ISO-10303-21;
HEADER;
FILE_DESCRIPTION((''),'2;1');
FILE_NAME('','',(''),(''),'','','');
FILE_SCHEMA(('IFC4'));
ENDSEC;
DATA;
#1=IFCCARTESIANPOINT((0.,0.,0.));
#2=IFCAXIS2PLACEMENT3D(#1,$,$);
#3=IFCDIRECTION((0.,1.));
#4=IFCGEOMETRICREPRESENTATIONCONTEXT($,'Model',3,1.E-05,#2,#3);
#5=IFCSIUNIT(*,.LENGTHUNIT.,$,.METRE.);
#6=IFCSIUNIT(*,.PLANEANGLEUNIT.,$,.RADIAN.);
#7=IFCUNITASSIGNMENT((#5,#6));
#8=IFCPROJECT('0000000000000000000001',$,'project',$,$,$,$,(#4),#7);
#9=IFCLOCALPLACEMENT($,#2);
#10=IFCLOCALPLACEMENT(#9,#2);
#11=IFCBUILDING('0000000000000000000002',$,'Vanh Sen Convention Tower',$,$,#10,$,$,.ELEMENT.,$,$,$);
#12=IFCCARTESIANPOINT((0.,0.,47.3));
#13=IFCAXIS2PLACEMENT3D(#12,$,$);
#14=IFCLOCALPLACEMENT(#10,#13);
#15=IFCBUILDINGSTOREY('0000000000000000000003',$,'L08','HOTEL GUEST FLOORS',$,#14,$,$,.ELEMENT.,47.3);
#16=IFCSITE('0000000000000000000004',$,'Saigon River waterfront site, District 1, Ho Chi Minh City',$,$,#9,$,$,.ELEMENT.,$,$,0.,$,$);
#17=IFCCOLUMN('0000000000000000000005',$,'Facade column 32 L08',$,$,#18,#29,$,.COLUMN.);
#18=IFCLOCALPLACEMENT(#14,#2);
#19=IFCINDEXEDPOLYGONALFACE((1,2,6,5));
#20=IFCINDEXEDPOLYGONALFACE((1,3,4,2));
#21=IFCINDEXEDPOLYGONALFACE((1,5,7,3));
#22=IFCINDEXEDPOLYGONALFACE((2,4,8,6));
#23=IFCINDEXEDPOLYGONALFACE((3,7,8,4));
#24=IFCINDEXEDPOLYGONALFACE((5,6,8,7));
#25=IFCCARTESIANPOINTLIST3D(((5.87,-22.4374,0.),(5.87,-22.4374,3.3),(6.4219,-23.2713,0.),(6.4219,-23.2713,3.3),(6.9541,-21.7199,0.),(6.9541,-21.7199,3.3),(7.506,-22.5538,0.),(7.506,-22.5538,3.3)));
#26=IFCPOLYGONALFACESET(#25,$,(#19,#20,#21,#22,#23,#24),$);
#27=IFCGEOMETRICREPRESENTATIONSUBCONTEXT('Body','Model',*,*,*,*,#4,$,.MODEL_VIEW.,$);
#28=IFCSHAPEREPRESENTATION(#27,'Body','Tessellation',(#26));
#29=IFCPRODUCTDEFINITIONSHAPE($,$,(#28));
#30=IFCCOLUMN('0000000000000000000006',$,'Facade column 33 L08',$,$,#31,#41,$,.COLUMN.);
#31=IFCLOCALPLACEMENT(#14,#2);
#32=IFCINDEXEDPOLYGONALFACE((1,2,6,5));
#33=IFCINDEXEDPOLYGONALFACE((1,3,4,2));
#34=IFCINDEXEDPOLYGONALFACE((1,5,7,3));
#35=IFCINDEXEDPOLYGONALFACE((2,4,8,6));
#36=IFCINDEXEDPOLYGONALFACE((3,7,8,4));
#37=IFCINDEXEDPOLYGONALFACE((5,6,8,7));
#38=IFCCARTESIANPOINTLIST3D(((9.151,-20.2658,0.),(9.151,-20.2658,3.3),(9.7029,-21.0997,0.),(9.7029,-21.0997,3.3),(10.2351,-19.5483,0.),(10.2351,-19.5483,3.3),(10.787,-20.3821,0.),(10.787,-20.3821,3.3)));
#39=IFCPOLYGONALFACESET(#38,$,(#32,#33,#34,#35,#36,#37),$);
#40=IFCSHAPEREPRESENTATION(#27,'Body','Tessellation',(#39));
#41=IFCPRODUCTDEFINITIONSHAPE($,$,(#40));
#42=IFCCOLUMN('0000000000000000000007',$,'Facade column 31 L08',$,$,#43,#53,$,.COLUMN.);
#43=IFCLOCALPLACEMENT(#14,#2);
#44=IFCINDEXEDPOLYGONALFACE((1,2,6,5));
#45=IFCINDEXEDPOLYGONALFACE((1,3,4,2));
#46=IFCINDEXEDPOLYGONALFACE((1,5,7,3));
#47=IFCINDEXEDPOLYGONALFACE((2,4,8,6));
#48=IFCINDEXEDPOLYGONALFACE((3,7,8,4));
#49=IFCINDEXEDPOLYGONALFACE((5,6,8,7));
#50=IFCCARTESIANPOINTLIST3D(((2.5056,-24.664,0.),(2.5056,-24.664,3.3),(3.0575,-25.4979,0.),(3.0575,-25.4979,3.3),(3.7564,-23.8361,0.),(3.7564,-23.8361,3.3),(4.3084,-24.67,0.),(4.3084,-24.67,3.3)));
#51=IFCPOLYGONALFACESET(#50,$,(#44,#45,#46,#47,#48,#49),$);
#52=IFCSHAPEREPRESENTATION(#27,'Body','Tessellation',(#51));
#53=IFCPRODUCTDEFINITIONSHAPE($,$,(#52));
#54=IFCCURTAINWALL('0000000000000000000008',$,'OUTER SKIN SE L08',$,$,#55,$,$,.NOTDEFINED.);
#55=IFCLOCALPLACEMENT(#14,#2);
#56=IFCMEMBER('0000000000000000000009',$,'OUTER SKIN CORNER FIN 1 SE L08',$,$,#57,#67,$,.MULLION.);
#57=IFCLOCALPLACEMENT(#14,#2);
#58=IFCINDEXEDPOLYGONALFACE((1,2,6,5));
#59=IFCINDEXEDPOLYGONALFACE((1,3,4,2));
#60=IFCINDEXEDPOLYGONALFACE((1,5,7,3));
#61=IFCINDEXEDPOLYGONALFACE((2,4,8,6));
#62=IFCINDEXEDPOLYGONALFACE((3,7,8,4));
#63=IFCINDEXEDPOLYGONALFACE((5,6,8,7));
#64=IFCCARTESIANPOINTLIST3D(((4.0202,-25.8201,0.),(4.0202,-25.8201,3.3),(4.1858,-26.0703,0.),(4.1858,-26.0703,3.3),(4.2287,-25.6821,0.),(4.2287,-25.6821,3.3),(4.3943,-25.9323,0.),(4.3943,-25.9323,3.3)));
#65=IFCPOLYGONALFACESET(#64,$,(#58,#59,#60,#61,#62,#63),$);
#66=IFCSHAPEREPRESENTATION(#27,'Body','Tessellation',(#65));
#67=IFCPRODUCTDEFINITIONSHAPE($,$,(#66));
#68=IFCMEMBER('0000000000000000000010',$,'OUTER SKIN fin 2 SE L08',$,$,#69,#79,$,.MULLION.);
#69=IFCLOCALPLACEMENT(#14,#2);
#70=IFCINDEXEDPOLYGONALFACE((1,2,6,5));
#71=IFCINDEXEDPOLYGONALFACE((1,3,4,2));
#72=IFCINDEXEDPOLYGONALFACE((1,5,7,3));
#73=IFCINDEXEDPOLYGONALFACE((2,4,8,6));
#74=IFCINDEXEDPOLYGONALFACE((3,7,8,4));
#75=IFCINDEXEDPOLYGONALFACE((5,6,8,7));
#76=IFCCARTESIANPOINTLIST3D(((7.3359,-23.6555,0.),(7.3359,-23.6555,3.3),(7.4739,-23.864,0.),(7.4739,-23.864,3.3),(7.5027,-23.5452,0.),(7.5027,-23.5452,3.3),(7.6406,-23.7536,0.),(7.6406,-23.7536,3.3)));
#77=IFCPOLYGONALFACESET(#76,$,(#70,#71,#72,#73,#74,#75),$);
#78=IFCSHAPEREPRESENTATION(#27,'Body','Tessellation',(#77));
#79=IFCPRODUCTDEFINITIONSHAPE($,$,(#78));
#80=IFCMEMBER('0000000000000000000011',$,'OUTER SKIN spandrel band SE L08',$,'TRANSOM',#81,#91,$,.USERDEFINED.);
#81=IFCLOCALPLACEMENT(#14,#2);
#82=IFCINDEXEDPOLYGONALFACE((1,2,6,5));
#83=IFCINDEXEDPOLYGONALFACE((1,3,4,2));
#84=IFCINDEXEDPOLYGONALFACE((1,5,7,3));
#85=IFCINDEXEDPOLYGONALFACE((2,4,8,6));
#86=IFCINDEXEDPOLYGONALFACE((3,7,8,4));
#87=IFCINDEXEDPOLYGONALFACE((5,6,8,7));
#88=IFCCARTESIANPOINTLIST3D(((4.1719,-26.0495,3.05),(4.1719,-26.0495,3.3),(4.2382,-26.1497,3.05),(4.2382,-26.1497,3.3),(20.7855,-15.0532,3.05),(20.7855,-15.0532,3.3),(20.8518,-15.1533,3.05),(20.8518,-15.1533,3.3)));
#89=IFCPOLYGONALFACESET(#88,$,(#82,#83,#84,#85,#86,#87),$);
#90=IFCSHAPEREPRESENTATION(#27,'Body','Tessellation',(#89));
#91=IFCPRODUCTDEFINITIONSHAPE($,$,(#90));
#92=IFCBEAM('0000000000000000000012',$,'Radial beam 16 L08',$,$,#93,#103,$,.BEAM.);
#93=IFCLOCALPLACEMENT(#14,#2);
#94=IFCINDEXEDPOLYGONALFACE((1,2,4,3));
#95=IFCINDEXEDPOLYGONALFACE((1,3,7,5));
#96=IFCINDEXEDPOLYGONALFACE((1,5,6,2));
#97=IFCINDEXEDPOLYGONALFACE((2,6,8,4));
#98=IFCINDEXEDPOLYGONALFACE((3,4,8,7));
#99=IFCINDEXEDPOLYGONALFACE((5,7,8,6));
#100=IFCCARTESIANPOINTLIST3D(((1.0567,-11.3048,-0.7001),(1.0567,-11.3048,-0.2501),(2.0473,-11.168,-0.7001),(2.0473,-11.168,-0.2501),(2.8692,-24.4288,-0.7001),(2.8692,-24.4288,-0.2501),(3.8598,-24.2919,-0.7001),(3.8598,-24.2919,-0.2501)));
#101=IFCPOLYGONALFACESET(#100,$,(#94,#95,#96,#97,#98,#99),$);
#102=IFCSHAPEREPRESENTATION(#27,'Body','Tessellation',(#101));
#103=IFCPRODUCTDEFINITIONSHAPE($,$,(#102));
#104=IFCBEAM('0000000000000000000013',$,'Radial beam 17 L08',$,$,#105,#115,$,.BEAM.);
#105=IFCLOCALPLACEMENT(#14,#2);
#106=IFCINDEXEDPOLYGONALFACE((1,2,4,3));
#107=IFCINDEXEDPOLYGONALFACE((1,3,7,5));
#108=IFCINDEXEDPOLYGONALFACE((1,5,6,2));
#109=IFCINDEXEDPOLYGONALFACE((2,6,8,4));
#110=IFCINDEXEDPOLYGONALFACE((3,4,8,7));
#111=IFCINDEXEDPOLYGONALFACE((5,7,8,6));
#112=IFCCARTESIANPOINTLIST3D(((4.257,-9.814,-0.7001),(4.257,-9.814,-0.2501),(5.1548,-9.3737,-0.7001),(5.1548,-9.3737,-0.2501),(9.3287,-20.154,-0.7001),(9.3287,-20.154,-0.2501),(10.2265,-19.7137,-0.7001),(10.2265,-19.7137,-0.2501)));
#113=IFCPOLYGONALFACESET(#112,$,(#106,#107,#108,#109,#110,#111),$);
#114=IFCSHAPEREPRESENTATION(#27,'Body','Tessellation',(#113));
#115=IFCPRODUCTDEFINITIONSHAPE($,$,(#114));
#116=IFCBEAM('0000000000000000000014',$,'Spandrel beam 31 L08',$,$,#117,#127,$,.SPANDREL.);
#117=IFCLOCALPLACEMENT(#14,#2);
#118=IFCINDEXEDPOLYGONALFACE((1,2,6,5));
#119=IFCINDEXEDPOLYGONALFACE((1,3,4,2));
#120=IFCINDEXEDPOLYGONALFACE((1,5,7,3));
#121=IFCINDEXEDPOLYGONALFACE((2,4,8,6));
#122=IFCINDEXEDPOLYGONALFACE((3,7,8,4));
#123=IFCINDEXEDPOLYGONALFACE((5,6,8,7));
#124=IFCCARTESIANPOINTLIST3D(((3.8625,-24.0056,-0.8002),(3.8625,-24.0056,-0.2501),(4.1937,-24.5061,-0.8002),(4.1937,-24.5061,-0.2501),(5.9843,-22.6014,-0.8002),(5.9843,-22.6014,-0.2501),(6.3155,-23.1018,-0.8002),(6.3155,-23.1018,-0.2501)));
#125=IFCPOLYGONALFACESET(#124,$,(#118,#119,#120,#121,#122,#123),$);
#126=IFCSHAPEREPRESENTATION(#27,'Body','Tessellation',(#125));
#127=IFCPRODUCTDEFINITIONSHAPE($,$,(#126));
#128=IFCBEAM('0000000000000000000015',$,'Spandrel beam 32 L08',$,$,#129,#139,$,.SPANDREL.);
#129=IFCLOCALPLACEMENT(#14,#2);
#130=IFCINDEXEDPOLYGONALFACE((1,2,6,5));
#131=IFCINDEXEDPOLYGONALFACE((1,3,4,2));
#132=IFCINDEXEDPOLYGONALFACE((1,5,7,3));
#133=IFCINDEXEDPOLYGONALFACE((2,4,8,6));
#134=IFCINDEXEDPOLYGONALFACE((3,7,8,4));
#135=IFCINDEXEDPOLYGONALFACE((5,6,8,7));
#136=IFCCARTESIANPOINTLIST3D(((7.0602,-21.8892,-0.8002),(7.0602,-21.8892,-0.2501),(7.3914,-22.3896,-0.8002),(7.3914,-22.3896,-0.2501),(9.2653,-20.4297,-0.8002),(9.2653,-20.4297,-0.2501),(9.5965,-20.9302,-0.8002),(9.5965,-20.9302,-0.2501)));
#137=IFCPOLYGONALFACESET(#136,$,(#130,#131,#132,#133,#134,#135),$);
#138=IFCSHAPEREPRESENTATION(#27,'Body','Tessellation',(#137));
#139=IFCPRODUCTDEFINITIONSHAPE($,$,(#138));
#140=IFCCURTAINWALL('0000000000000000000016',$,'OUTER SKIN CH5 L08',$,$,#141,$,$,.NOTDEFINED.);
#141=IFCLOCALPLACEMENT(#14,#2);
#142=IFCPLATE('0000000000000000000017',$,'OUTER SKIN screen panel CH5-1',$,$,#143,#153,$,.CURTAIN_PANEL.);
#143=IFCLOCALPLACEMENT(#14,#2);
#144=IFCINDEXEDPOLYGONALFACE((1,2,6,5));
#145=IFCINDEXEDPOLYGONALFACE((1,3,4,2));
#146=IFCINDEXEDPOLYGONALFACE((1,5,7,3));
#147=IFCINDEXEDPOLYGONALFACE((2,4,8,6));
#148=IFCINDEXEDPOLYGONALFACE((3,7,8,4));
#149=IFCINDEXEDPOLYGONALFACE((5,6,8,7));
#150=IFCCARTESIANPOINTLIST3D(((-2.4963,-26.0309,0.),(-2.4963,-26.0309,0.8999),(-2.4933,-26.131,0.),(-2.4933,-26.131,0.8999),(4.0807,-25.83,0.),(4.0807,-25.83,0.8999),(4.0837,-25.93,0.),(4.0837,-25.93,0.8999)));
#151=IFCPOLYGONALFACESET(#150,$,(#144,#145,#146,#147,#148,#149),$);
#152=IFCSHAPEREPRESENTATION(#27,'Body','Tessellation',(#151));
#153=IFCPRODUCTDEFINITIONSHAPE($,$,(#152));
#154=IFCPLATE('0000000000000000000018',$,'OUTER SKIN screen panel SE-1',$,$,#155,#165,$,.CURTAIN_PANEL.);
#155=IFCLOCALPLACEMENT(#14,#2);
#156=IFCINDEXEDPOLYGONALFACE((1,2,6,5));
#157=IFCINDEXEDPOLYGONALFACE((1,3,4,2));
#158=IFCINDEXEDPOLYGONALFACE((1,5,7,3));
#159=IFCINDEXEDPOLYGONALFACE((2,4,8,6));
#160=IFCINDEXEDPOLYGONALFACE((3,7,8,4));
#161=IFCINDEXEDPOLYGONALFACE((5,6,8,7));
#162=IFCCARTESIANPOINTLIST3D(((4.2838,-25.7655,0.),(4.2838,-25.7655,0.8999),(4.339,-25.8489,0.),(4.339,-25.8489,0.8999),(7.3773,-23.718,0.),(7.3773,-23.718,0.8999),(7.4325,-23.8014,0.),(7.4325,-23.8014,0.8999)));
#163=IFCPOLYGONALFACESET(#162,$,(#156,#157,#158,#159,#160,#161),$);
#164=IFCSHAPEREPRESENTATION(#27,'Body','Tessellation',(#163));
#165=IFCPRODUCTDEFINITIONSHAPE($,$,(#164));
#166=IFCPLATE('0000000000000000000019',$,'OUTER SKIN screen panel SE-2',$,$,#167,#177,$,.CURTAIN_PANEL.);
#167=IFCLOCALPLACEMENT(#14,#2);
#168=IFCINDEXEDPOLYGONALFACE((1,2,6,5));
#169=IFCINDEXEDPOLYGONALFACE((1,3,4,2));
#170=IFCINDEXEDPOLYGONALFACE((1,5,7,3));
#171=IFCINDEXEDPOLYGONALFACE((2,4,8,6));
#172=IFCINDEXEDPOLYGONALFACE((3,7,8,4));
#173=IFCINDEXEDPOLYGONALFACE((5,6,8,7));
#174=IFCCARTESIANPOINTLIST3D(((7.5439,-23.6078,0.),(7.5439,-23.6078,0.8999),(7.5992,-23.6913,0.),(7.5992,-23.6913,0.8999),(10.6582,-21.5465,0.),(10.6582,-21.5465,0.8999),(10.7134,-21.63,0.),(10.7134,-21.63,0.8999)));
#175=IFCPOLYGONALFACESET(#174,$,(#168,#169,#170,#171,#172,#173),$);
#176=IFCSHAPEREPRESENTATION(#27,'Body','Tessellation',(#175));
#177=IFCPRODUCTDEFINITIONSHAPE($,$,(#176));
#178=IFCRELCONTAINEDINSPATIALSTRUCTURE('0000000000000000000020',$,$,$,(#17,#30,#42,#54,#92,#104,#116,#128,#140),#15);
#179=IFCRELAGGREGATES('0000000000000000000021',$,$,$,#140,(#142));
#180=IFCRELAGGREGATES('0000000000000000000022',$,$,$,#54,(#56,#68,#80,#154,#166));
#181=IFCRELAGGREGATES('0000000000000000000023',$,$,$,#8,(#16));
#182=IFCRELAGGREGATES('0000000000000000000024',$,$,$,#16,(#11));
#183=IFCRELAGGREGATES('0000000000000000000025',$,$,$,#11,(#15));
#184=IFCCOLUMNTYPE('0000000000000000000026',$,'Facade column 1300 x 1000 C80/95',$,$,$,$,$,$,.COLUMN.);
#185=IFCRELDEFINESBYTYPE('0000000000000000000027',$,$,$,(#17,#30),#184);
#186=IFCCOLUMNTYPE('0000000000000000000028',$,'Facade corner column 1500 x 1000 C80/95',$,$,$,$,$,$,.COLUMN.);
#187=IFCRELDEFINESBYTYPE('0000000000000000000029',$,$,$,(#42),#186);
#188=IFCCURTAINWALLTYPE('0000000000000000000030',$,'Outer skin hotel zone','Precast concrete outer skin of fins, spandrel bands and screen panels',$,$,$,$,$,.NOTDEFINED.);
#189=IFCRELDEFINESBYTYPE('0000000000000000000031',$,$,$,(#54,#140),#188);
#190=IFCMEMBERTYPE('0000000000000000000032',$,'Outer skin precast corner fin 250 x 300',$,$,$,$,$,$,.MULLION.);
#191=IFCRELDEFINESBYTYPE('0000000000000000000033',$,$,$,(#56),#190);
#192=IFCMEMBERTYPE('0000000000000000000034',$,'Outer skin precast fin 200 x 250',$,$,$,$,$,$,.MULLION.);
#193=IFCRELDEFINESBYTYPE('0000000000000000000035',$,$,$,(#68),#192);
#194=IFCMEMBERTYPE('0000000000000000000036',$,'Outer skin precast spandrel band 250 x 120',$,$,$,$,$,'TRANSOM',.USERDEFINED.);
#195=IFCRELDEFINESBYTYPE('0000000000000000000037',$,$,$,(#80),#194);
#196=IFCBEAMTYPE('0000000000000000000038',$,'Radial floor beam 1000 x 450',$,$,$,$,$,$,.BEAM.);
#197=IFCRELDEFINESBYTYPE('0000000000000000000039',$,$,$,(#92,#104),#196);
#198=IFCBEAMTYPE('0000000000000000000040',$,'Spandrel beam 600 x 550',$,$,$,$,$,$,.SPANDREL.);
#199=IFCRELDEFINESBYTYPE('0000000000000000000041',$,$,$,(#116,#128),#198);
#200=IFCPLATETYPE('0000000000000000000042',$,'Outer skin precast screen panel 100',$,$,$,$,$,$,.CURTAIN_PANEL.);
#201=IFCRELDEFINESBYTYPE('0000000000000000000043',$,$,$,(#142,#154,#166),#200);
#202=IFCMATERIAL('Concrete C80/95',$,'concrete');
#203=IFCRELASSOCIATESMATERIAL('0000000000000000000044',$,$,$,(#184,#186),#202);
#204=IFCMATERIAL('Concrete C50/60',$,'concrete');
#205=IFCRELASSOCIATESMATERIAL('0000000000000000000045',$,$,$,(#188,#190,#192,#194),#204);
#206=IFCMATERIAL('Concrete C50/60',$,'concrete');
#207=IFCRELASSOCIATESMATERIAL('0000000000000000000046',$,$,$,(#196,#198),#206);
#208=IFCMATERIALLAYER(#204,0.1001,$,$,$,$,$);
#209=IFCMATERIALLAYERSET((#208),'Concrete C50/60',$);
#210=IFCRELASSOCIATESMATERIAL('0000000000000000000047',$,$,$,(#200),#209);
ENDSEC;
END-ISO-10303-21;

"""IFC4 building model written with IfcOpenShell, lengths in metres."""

from ifc_helpers import new_model, si_unit, direction, frame, origin, origin_2d, place, context, subcontext, project, spatial, rectangle, extrude, material, layer, layer_set, material_profile, profile_set, type_object, element, aggregate, save


model = new_model("IFC4")

# Units and contexts
model_context = context("Model", 3, precision=1e-05, world=origin(), true_north=direction((0.0, 1.0)))
body_context = subcontext(model_context, "Body", "Model", "MODEL_VIEW")
ifc_project = project(units=[si_unit("LENGTHUNIT", "METRE"), si_unit("PLANEANGLEUNIT", "RADIAN")], contexts=[model_context])

# Site, building, storey
site_placement = place(None, origin())
site = spatial("IfcSite", under=ifc_project, at=site_placement, Name="Saigon River waterfront site, District 1, Ho Chi Minh City", CompositionType="ELEMENT", RefElevation=0.0)
building_placement = place(site_placement, origin())
building = spatial("IfcBuilding", under=site, at=building_placement, Name="Vanh Sen Convention Tower", CompositionType="ELEMENT")
storey_placement = place(building_placement, frame((0.0, 0.0, 47.3)))
storey = spatial("IfcBuildingStorey", under=building, at=storey_placement, Name="L08", Description="HOTEL GUEST FLOORS", CompositionType="ELEMENT", Elevation=47.3)

# Columns
ifc_material_1 = material(Name="Concrete C80/95", Category="concrete")
ifc_material_profile_1 = material_profile(ifc_material_1, rectangle(XDim=1.3, YDim=1.0, at=origin_2d()), Name="RC 1300X1000")
ifc_profile_set_1 = profile_set([ifc_material_profile_1], Name="Concrete C80/95")
column_type_1 = type_object("IfcColumnType", Name="Facade column 1300 x 1000 C80/95", PredefinedType="COLUMN", material=ifc_profile_set_1)
for number, where, z_axis, x_axis, name in (
    (1, (6.688, -22.4956, 0.0), (0.0, 0.0, 1.0), (0.833886, 0.551937, 0.0), "Facade column 32 L08"),
    (2, (9.969, -20.324, 0.0), (0.0, 0.0, 1.0), (0.833886, 0.551937, 0.0), "Facade column 33 L08"),
):
    element("IfcColumn", number, at=place(storey_placement, frame(where, z_axis=z_axis, x_axis=x_axis)), inside=storey, type_object=column_type_1, Name=name, PredefinedType="COLUMN", context=body_context, shape_type="SweptSolid", body=[
        extrude(rectangle(XDim=1.3, YDim=1.0, at=origin_2d()), origin(), (0.0, 0.0, 1.0), 3.3),
    ])
ifc_material_profile_2 = material_profile(ifc_material_1, rectangle(XDim=1.5, YDim=1.0, at=origin_2d()), Name="RC 1500X1000")
ifc_profile_set_2 = profile_set([ifc_material_profile_2], Name="Concrete C80/95")
column_type_2 = type_object("IfcColumnType", Name="Facade corner column 1500 x 1000 C80/95", PredefinedType="COLUMN", material=ifc_profile_set_2)
column_placement = place(storey_placement, frame((3.407, -24.667, 0.0), z_axis=(0.0, 0.0, 1.0), x_axis=(0.833886, 0.551937, 0.0)))
element("IfcColumn", 3, at=column_placement, inside=storey, type_object=column_type_2, Name="Facade column 31 L08", PredefinedType="COLUMN", context=body_context, shape_type="SweptSolid", body=[
    extrude(rectangle(XDim=1.5, YDim=1.0, at=origin_2d()), origin(), (0.0, 0.0, 1.0), 3.3),
])

# Curtain wall, members
ifc_material_2 = material(Name="Concrete C50/60", Category="concrete")
curtain_wall_type = type_object("IfcCurtainWallType", Name="Outer skin hotel zone", Description="Precast concrete outer skin of fins, spandrel bands and screen panels", PredefinedType="NOTDEFINED", material=ifc_material_2)
curtain_wall_1_placement = place(storey_placement, origin())
curtain_wall_1 = element("IfcCurtainWall", 4, at=curtain_wall_1_placement, inside=storey, type_object=curtain_wall_type, Name="OUTER SKIN SE L08", PredefinedType="NOTDEFINED")
ifc_material_profile_3 = material_profile(ifc_material_2, rectangle(XDim=0.25, YDim=0.3, at=origin_2d()), Name="Outer skin precast corner fin 250 x 300")
ifc_profile_set_3 = profile_set([ifc_material_profile_3], Name="Concrete C50/60")
member_type_1 = type_object("IfcMemberType", Name="Outer skin precast corner fin 250 x 300", PredefinedType="MULLION", material=ifc_profile_set_3)
member_1_placement = place(storey_placement, frame((4.2073, -25.8762, 0.0), z_axis=(0.0, 0.0, 1.0), x_axis=(0.833886, 0.551937, 0.0)))
member_1 = element("IfcMember", 5, at=member_1_placement, type_object=member_type_1, Name="OUTER SKIN CORNER FIN 1 SE L08", PredefinedType="MULLION", context=body_context, shape_type="SweptSolid", body=[
    extrude(rectangle(XDim=0.25, YDim=0.3, at=origin_2d()), origin(), (0.0, 0.0, 1.0), 3.3),
])
ifc_material_profile_4 = material_profile(ifc_material_2, rectangle(XDim=0.2, YDim=0.25, at=origin_2d()), Name="Outer skin precast fin 200 x 250")
ifc_profile_set_4 = profile_set([ifc_material_profile_4], Name="Concrete C50/60")
member_type_2 = type_object("IfcMemberType", Name="Outer skin precast fin 200 x 250", PredefinedType="MULLION", material=ifc_profile_set_4)
member_2_placement = place(storey_placement, frame((7.4883, -23.7046, 0.0), z_axis=(0.0, 0.0, 1.0), x_axis=(0.833886, 0.551937, 0.0)))
member_2 = element("IfcMember", 6, at=member_2_placement, type_object=member_type_2, Name="OUTER SKIN fin 2 SE L08", PredefinedType="MULLION", context=body_context, shape_type="SweptSolid", body=[
    extrude(rectangle(XDim=0.2, YDim=0.25, at=origin_2d()), origin(), (0.0, 0.0, 1.0), 3.3),
])
ifc_material_profile_5 = material_profile(ifc_material_2, rectangle(XDim=0.1201, YDim=0.25, at=origin_2d()), Name="Outer skin precast spandrel band 250 x 120")
ifc_profile_set_5 = profile_set([ifc_material_profile_5], Name="Concrete C50/60")
member_type_3 = type_object("IfcMemberType", Name="Outer skin precast spandrel band 250 x 120", ElementType="TRANSOM", PredefinedType="USERDEFINED", material=ifc_profile_set_5)
member_3_placement = place(storey_placement, frame((4.2051, -26.0996, 3.175), z_axis=(0.833884, 0.55194, 0.0), x_axis=(-0.55194, 0.833884, 0.0)))
member_3 = element("IfcMember", 7, at=member_3_placement, type_object=member_type_3, Name="OUTER SKIN spandrel band SE L08", ObjectType="TRANSOM", PredefinedType="USERDEFINED", context=body_context, shape_type="SweptSolid", body=[
    extrude(rectangle(XDim=0.1201, YDim=0.25, at=origin_2d()), origin(), (0.0, 0.0, 1.0), 19.9231),
])

# Beams
ifc_material_3 = material(Name="Concrete C50/60", Category="concrete")
ifc_material_profile_6 = material_profile(ifc_material_3, rectangle(XDim=1.0, YDim=0.45, at=origin_2d()), Name="RC 1000X450")
ifc_profile_set_6 = profile_set([ifc_material_profile_6], Name="Concrete C50/60")
beam_type_1 = type_object("IfcBeamType", Name="Radial floor beam 1000 x 450", PredefinedType="BEAM", material=ifc_profile_set_6)
beam_1_placement = place(storey_placement, frame((3.3645, -24.3604, -0.4751), z_axis=(-0.136807, 0.990598, 0.0), x_axis=(-0.990598, -0.136807, 0.0)))
element("IfcBeam", 8, at=beam_1_placement, inside=storey, type_object=beam_type_1, Name="Radial beam 16 L08", PredefinedType="BEAM", context=body_context, shape_type="SweptSolid", body=[
    extrude(rectangle(XDim=1.0, YDim=0.45, at=origin_2d()), origin(), (0.0, 0.0, 1.0), 13.2485),
])
beam_2_placement = place(storey_placement, frame((9.7776, -19.9338, -0.4751), z_axis=(-0.440375, 0.897814, 0.0), x_axis=(-0.897814, -0.440375, 0.0)))
element("IfcBeam", 9, at=beam_2_placement, inside=storey, type_object=beam_type_1, Name="Radial beam 17 L08", PredefinedType="BEAM", context=body_context, shape_type="SweptSolid", body=[
    extrude(rectangle(XDim=1.0, YDim=0.45, at=origin_2d()), origin(), (0.0, 0.0, 1.0), 11.5168),
])
ifc_material_profile_7 = material_profile(ifc_material_3, rectangle(XDim=0.6001, YDim=0.55, at=origin_2d()), Name="RC 600X550")
ifc_profile_set_7 = profile_set([ifc_material_profile_7], Name="Concrete C50/60")
beam_type_2 = type_object("IfcBeamType", Name="Spandrel beam 600 x 550", PredefinedType="SPANDREL", material=ifc_profile_set_7)
beam_3_placement = place(storey_placement, frame((4.0281, -24.2559, -0.5251), z_axis=(0.833906, 0.551907, 0.0), x_axis=(-0.551907, 0.833906, 0.0)))
element("IfcBeam", 10, at=beam_3_placement, inside=storey, type_object=beam_type_2, Name="Spandrel beam 31 L08", PredefinedType="SPANDREL", context=body_context, shape_type="SweptSolid", body=[
    extrude(rectangle(XDim=0.6001, YDim=0.55, at=origin_2d()), origin(), (0.0, 0.0, 1.0), 2.5444),
])
beam_4_placement = place(storey_placement, frame((7.2258, -22.1394, -0.5251), z_axis=(0.833892, 0.551927, 0.0), x_axis=(-0.551927, 0.833892, 0.0)))
element("IfcBeam", 11, at=beam_4_placement, inside=storey, type_object=beam_type_2, Name="Spandrel beam 32 L08", PredefinedType="SPANDREL", context=body_context, shape_type="SweptSolid", body=[
    extrude(rectangle(XDim=0.6001, YDim=0.55, at=origin_2d()), origin(), (0.0, 0.0, 1.0), 2.6443),
])

# Curtain wall, plate
curtain_wall_2_placement = place(storey_placement, origin())
curtain_wall_2 = element("IfcCurtainWall", 12, at=curtain_wall_2_placement, inside=storey, type_object=curtain_wall_type, Name="OUTER SKIN CH5 L08", PredefinedType="NOTDEFINED")
ifc_layer_1 = layer(ifc_material_2, 0.1001)
ifc_layer_set_1 = layer_set([ifc_layer_1], Name="Concrete C50/60")
plate_type = type_object("IfcPlateType", Name="Outer skin precast screen panel 100", PredefinedType="CURTAIN_PANEL", material=ifc_layer_set_1)
plate_1_placement = place(storey_placement, frame((0.7937, -25.9805, 0.0), z_axis=(0.0, 0.0, 1.0), x_axis=(0.999533, 0.030542, 0.0)))
plate_1 = element("IfcPlate", 13, at=plate_1_placement, type_object=plate_type, Name="OUTER SKIN screen panel CH5-1", PredefinedType="CURTAIN_PANEL", context=body_context, shape_type="SweptSolid", body=[
    extrude(rectangle(XDim=6.5801, YDim=0.1001, at=origin_2d()), origin(), (0.0, 0.0, 1.0), 0.8999),
])
aggregate(curtain_wall_2, [plate_1])

# Plates
plate_2_placement = place(storey_placement, frame((5.8582, -24.7834, 0.0), z_axis=(0.0, 0.0, 1.0), x_axis=(0.833892, 0.551928, 0.0)))
plate_2 = element("IfcPlate", 14, at=plate_2_placement, type_object=plate_type, Name="OUTER SKIN screen panel SE-1", PredefinedType="CURTAIN_PANEL", context=body_context, shape_type="SweptSolid", body=[
    extrude(rectangle(XDim=3.7097, YDim=0.1001, at=origin_2d()), origin(), (0.0, 0.0, 1.0), 0.8999),
])
plate_3_placement = place(storey_placement, frame((9.1287, -22.6189, 0.0), z_axis=(0.0, 0.0, 1.0), x_axis=(0.833892, 0.551928, 0.0)))
plate_3 = element("IfcPlate", 15, at=plate_3_placement, type_object=plate_type, Name="OUTER SKIN screen panel SE-2", PredefinedType="CURTAIN_PANEL", context=body_context, shape_type="SweptSolid", body=[
    extrude(rectangle(XDim=3.7346, YDim=0.1001, at=origin_2d()), origin(), (0.0, 0.0, 1.0), 0.8999),
])
aggregate(curtain_wall_1, [member_1, member_2, member_3, plate_2, plate_3])

save(model, "model.ifc")
